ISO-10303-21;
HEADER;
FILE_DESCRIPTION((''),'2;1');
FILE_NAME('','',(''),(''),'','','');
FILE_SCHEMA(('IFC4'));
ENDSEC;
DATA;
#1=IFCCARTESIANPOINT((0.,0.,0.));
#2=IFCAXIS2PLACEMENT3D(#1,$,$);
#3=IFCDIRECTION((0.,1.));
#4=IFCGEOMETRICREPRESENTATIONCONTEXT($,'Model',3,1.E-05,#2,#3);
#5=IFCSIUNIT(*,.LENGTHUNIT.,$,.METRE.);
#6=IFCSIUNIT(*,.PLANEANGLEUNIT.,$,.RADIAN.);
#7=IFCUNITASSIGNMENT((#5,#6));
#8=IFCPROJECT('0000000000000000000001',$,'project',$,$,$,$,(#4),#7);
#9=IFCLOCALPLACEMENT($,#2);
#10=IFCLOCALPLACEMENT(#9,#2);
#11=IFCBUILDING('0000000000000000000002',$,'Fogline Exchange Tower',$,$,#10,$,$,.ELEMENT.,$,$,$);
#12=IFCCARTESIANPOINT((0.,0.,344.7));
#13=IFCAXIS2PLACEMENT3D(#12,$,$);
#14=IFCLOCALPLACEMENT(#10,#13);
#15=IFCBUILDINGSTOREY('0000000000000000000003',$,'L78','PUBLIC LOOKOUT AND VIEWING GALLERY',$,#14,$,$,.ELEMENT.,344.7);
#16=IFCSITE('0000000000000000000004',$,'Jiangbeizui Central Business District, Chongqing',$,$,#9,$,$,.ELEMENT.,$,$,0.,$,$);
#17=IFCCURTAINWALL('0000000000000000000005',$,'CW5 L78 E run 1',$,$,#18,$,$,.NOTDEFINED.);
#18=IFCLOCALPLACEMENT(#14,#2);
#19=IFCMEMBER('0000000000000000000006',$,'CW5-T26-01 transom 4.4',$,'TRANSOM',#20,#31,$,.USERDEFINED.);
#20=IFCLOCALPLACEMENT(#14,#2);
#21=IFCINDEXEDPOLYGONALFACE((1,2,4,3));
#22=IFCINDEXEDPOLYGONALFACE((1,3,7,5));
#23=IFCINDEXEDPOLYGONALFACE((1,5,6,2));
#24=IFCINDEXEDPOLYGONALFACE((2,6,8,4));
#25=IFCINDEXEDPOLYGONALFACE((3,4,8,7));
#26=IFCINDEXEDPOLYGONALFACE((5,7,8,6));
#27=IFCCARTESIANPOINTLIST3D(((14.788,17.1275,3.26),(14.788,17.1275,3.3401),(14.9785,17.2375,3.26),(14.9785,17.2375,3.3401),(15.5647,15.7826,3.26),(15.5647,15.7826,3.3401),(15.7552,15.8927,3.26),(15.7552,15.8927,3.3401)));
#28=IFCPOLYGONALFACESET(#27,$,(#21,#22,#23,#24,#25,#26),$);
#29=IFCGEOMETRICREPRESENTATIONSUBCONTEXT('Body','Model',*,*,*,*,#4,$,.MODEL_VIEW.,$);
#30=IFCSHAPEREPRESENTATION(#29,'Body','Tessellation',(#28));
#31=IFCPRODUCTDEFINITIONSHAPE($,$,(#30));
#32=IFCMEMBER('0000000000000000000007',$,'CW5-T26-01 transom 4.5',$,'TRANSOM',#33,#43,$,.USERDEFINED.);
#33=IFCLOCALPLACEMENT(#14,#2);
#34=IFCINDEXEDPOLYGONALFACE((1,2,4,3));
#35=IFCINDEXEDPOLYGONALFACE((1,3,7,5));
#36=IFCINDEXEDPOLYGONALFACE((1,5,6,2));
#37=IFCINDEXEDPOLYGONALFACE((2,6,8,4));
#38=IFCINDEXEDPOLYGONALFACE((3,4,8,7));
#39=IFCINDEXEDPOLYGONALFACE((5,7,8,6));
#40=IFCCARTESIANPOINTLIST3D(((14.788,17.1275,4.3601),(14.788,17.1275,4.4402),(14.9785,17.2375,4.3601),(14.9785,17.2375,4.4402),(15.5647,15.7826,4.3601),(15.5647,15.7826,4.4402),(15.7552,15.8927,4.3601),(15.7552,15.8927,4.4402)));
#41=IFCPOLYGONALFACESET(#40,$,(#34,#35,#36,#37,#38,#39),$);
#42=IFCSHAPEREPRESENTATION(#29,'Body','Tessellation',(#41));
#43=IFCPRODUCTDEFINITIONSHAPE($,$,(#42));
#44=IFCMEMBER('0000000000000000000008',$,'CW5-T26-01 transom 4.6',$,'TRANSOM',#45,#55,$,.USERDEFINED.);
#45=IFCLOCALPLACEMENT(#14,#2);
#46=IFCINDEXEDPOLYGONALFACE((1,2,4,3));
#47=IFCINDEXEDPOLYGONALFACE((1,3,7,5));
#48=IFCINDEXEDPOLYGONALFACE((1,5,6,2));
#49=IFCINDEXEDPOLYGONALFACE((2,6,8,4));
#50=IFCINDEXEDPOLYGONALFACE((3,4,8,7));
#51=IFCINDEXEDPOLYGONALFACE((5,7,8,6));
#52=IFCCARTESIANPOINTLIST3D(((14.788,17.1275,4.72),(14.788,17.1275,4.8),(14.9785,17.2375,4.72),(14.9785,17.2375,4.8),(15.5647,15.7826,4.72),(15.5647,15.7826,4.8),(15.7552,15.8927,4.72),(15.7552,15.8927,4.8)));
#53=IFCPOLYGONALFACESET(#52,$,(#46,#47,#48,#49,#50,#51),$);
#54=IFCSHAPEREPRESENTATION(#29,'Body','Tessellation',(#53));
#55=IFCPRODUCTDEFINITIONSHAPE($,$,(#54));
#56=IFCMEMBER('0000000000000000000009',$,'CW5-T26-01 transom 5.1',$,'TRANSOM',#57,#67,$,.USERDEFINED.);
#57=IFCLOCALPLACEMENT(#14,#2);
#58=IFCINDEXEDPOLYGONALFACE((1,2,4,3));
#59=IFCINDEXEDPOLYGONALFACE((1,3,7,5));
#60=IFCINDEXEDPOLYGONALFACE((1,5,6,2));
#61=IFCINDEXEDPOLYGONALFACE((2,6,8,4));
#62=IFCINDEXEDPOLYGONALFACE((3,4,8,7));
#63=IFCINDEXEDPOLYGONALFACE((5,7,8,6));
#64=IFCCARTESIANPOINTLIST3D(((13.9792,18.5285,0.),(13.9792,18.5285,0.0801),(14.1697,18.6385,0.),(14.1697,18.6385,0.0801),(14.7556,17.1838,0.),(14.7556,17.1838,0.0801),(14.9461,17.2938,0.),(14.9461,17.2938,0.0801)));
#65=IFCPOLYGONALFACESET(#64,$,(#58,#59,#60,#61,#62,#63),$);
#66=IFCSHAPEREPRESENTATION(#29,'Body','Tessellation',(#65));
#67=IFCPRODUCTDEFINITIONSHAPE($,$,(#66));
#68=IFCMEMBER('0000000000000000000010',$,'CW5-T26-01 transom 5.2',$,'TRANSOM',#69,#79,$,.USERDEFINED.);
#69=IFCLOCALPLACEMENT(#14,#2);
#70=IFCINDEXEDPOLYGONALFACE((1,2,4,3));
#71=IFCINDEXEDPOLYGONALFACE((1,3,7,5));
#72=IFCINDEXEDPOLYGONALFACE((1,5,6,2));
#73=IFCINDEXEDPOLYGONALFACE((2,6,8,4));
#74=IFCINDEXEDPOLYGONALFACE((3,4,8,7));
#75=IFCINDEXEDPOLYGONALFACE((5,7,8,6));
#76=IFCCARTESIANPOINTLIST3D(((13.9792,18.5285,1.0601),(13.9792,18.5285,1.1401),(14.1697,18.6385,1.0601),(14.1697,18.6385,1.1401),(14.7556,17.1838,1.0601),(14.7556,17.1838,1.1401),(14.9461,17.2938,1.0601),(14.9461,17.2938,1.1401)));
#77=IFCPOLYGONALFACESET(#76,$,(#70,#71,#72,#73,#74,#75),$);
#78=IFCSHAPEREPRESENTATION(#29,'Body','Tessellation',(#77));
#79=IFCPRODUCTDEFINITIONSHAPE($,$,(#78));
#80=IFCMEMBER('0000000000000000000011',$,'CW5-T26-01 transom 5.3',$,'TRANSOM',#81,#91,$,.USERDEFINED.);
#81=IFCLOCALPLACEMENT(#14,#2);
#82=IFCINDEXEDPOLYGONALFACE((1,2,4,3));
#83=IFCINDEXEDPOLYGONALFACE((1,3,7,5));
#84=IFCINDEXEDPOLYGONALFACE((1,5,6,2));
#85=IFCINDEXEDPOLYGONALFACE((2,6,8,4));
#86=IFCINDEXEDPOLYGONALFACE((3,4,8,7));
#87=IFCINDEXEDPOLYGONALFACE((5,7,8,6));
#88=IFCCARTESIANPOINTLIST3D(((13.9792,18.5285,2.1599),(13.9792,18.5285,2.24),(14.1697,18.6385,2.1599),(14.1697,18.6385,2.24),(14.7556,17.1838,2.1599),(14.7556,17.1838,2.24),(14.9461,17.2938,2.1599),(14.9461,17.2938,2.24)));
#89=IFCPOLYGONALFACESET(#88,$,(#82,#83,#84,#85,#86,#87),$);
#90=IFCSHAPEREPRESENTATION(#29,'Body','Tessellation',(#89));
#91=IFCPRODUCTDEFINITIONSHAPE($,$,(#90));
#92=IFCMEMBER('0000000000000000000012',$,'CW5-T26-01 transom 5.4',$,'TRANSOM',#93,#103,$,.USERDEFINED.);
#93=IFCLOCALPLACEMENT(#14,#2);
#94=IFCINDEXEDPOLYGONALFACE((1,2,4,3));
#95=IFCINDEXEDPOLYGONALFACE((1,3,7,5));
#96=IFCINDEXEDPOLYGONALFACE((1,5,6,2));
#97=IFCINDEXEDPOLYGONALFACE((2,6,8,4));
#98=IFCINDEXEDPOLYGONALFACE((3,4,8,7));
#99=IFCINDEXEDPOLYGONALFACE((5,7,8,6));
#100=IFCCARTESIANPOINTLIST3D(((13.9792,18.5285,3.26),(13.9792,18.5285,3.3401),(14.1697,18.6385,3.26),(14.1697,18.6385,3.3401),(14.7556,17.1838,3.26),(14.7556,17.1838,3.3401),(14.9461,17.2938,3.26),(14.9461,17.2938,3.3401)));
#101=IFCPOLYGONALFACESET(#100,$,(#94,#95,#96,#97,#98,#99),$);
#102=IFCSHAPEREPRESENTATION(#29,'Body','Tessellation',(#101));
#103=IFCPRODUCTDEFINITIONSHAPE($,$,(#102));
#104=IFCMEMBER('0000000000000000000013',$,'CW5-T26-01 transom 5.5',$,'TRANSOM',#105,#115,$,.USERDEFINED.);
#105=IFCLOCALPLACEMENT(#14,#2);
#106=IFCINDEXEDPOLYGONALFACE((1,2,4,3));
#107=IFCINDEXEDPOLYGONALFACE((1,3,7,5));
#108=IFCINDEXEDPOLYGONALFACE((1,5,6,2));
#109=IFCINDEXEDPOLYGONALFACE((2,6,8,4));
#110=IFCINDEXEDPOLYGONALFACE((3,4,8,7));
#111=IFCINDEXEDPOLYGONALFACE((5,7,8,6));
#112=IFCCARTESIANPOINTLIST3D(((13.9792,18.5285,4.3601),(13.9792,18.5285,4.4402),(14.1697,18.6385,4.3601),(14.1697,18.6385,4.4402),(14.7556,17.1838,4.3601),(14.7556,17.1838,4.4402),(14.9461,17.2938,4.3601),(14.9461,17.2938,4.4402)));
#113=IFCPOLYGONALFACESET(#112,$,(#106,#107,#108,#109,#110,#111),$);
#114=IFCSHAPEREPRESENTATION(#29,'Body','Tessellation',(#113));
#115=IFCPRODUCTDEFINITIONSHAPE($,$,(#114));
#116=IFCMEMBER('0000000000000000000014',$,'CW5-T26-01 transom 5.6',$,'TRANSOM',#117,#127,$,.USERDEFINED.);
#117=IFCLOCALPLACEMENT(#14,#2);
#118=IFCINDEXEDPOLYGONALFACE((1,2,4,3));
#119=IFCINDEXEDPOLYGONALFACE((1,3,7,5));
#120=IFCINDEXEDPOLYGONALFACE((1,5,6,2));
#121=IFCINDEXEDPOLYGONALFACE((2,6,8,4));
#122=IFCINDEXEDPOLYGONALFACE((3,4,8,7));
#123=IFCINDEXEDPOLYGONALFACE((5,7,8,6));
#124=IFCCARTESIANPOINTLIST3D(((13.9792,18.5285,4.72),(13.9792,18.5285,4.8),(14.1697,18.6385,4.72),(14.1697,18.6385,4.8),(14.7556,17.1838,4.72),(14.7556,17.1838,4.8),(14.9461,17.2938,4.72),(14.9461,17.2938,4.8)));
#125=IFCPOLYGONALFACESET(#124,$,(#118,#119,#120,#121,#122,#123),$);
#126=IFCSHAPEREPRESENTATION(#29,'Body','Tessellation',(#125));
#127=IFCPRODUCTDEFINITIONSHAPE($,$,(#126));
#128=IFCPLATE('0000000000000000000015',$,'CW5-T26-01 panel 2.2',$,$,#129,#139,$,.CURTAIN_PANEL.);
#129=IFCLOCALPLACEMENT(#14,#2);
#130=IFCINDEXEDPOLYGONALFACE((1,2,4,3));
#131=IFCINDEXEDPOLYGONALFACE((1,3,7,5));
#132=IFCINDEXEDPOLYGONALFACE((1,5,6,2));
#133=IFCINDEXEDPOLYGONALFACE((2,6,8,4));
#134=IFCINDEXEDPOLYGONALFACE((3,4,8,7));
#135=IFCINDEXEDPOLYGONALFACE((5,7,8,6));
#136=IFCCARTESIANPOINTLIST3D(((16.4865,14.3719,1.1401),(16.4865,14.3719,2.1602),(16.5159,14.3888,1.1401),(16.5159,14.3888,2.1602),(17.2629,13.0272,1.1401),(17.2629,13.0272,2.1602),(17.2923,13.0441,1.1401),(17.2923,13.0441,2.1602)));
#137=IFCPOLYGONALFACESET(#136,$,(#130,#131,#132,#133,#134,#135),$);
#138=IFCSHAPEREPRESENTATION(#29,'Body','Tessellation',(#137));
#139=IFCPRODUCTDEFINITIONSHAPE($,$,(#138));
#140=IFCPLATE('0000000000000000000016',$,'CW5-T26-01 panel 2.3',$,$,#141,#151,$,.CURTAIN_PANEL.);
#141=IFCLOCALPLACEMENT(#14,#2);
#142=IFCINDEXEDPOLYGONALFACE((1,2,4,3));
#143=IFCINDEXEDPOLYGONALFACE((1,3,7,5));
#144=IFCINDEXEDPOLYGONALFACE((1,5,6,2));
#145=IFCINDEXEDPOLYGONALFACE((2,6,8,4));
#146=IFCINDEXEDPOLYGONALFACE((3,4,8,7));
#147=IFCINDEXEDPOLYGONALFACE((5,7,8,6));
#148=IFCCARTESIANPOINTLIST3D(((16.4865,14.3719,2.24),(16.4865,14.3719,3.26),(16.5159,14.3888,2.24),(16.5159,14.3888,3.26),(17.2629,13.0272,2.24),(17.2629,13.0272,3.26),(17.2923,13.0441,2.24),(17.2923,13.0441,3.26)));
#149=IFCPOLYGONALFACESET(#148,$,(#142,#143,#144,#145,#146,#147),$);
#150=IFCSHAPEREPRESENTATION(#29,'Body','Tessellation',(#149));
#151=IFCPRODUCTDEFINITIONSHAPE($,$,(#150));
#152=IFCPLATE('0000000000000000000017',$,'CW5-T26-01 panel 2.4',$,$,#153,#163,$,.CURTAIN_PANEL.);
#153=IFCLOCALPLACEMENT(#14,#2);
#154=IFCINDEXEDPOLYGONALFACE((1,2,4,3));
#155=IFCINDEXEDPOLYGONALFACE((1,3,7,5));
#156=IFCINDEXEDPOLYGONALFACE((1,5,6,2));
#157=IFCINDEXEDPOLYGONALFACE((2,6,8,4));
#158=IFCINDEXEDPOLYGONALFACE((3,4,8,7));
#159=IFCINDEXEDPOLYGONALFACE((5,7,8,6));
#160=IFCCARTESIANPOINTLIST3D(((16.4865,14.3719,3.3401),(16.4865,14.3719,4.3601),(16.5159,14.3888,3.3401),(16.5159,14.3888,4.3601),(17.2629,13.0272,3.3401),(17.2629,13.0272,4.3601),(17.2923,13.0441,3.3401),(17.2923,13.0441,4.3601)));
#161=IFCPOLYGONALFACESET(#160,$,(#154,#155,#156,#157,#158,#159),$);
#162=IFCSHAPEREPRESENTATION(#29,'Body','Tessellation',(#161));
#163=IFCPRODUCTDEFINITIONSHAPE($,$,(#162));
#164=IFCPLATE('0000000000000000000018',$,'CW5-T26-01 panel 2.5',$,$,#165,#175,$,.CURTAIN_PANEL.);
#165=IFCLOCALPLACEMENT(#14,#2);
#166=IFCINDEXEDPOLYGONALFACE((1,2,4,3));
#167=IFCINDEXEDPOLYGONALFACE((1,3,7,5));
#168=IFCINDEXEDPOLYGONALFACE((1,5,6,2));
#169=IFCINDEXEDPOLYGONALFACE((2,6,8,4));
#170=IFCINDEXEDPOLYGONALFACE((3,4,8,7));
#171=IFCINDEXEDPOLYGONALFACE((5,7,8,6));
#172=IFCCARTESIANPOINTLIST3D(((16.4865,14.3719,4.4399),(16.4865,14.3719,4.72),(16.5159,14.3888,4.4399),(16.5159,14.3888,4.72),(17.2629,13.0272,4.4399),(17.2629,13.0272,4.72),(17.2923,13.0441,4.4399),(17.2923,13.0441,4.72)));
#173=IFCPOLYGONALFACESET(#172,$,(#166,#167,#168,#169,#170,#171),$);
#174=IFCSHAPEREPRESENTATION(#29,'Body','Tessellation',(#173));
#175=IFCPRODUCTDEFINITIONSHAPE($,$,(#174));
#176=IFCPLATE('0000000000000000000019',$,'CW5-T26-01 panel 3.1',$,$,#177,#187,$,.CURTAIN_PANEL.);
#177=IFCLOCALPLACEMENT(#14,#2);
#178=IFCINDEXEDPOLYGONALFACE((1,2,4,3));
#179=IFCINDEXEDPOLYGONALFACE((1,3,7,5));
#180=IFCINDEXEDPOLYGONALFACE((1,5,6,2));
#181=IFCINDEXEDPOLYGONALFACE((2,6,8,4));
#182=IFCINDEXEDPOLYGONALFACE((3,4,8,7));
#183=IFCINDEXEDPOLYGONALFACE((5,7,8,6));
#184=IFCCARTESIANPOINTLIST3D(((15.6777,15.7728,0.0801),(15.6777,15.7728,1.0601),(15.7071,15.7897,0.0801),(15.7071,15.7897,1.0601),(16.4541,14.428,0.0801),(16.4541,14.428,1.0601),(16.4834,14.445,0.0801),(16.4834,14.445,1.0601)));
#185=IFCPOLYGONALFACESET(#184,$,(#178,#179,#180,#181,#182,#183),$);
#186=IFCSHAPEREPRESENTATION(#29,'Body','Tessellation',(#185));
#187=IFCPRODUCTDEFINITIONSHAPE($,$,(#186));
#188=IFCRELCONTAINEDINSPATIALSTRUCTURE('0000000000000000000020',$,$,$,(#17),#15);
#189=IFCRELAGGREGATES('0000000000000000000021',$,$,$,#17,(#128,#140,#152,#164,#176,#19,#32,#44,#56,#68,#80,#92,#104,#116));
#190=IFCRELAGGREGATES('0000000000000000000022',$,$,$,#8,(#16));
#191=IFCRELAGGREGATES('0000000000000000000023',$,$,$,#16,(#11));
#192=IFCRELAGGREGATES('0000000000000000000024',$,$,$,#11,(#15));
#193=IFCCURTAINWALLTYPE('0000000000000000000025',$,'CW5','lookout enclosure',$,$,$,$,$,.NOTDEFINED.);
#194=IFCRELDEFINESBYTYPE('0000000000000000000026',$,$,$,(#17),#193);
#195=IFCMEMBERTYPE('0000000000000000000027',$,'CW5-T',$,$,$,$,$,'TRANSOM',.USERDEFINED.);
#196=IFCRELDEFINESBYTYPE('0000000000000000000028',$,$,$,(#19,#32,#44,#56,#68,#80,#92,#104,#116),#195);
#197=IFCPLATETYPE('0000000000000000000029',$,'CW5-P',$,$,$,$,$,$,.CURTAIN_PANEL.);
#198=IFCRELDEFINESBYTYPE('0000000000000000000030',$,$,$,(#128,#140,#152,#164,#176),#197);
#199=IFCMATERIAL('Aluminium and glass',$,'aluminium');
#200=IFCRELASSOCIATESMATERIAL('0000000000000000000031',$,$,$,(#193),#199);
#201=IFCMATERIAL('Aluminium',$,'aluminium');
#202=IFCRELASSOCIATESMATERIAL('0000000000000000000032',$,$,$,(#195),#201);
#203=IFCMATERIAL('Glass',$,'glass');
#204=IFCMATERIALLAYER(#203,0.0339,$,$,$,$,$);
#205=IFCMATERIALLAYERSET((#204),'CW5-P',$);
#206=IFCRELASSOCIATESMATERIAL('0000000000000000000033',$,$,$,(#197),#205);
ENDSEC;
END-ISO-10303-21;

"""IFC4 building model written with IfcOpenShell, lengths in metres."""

from ifc_helpers import new_model, si_unit, direction, frame, origin, origin_2d, place, context, subcontext, project, spatial, rectangle, extrude, material, layer, layer_set, material_profile, profile_set, type_object, element, aggregate, save


model = new_model("IFC4")

# Units and contexts
model_context = context("Model", 3, precision=1e-05, world=origin(), true_north=direction((0.0, 1.0)))
body_context = subcontext(model_context, "Body", "Model", "MODEL_VIEW")
ifc_project = project(units=[si_unit("LENGTHUNIT", "METRE"), si_unit("PLANEANGLEUNIT", "RADIAN")], contexts=[model_context])

# Site, building, storey
site_placement = place(None, origin())
site = spatial("IfcSite", under=ifc_project, at=site_placement, Name="Jiangbeizui Central Business District, Chongqing", CompositionType="ELEMENT", RefElevation=0.0)
building_placement = place(site_placement, origin())
building = spatial("IfcBuilding", under=site, at=building_placement, Name="Fogline Exchange Tower", CompositionType="ELEMENT")
storey_placement = place(building_placement, frame((0.0, 0.0, 344.7)))
storey = spatial("IfcBuildingStorey", under=building, at=storey_placement, Name="L78", Description="PUBLIC LOOKOUT AND VIEWING GALLERY", CompositionType="ELEMENT", Elevation=344.7)

# Curtain wall, members, plates
ifc_material_1 = material(Name="Aluminium and glass", Category="aluminium")
curtain_wall_type = type_object("IfcCurtainWallType", Name="CW5", Description="lookout enclosure", PredefinedType="NOTDEFINED", material=ifc_material_1)
curtain_wall_placement = place(storey_placement, origin())
curtain_wall = element("IfcCurtainWall", 1, at=curtain_wall_placement, inside=storey, type_object=curtain_wall_type, Name="CW5 L78 E run 1", PredefinedType="NOTDEFINED")
ifc_material_2 = material(Name="Aluminium", Category="aluminium")
ifc_material_profile_1 = material_profile(ifc_material_2, rectangle(XDim=0.22, YDim=0.0801, at=origin_2d()), Name="Transom 80x220")
ifc_profile_set_1 = profile_set([ifc_material_profile_1], Name="Aluminium")
member_type_1 = type_object("IfcMemberType", Name="CW5-T", ElementType="TRANSOM", PredefinedType="USERDEFINED", material=ifc_profile_set_1)
member_1_placement = place(storey_placement, frame((15.6599, 15.8376, 3.3), z_axis=(-0.500113, 0.86596, 0.0), x_axis=(-0.86596, -0.500113, 0.0)))
member_1 = element("IfcMember", 2, at=member_1_placement, type_object=member_type_1, Name="CW5-T26-01 transom 4.4", ObjectType="TRANSOM", PredefinedType="USERDEFINED", context=body_context, shape_type="SweptSolid", body=[
    extrude(rectangle(XDim=0.22, YDim=0.0801, at=origin_2d()), origin(), (0.0, 0.0, 1.0), 1.553),
])
member_2_placement = place(storey_placement, frame((15.6599, 15.8376, 4.4001), z_axis=(-0.500113, 0.86596, 0.0), x_axis=(-0.86596, -0.500113, 0.0)))
member_2 = element("IfcMember", 3, at=member_2_placement, type_object=member_type_1, Name="CW5-T26-01 transom 4.5", ObjectType="TRANSOM", PredefinedType="USERDEFINED", context=body_context, shape_type="SweptSolid", body=[
    extrude(rectangle(XDim=0.22, YDim=0.0801, at=origin_2d()), origin(), (0.0, 0.0, 1.0), 1.553),
])
member_3_placement = place(storey_placement, frame((15.6599, 15.8376, 4.76), z_axis=(-0.500113, 0.86596, 0.0), x_axis=(-0.86596, -0.500113, 0.0)))
member_3 = element("IfcMember", 4, at=member_3_placement, type_object=member_type_1, Name="CW5-T26-01 transom 4.6", ObjectType="TRANSOM", PredefinedType="USERDEFINED", context=body_context, shape_type="SweptSolid", body=[
    extrude(rectangle(XDim=0.22, YDim=0.0801, at=origin_2d()), origin(), (0.0, 0.0, 1.0), 1.553),
])
member_4_placement = place(storey_placement, frame((14.8508, 17.2388, 0.04), z_axis=(-0.499995, 0.866028, 0.0), x_axis=(-0.866028, -0.499995, 0.0)))
member_4 = element("IfcMember", 5, at=member_4_placement, type_object=member_type_1, Name="CW5-T26-01 transom 5.1", ObjectType="TRANSOM", PredefinedType="USERDEFINED", context=body_context, shape_type="SweptSolid", body=[
    extrude(rectangle(XDim=0.22, YDim=0.0801, at=origin_2d()), origin(), (0.0, 0.0, 1.0), 1.5527),
])
member_5_placement = place(storey_placement, frame((14.8508, 17.2388, 1.1001), z_axis=(-0.499995, 0.866028, 0.0), x_axis=(-0.866028, -0.499995, 0.0)))
member_5 = element("IfcMember", 6, at=member_5_placement, type_object=member_type_1, Name="CW5-T26-01 transom 5.2", ObjectType="TRANSOM", PredefinedType="USERDEFINED", context=body_context, shape_type="SweptSolid", body=[
    extrude(rectangle(XDim=0.22, YDim=0.0801, at=origin_2d()), origin(), (0.0, 0.0, 1.0), 1.5527),
])
member_6_placement = place(storey_placement, frame((14.8508, 17.2388, 2.2), z_axis=(-0.499995, 0.866028, 0.0), x_axis=(-0.866028, -0.499995, 0.0)))
member_6 = element("IfcMember", 7, at=member_6_placement, type_object=member_type_1, Name="CW5-T26-01 transom 5.3", ObjectType="TRANSOM", PredefinedType="USERDEFINED", context=body_context, shape_type="SweptSolid", body=[
    extrude(rectangle(XDim=0.22, YDim=0.0801, at=origin_2d()), origin(), (0.0, 0.0, 1.0), 1.5527),
])
member_7_placement = place(storey_placement, frame((14.8508, 17.2388, 3.3), z_axis=(-0.499995, 0.866028, 0.0), x_axis=(-0.866028, -0.499995, 0.0)))
member_7 = element("IfcMember", 8, at=member_7_placement, type_object=member_type_1, Name="CW5-T26-01 transom 5.4", ObjectType="TRANSOM", PredefinedType="USERDEFINED", context=body_context, shape_type="SweptSolid", body=[
    extrude(rectangle(XDim=0.22, YDim=0.0801, at=origin_2d()), origin(), (0.0, 0.0, 1.0), 1.5527),
])
member_8_placement = place(storey_placement, frame((14.8508, 17.2388, 4.4001), z_axis=(-0.499995, 0.866028, 0.0), x_axis=(-0.866028, -0.499995, 0.0)))
member_8 = element("IfcMember", 9, at=member_8_placement, type_object=member_type_1, Name="CW5-T26-01 transom 5.5", ObjectType="TRANSOM", PredefinedType="USERDEFINED", context=body_context, shape_type="SweptSolid", body=[
    extrude(rectangle(XDim=0.22, YDim=0.0801, at=origin_2d()), origin(), (0.0, 0.0, 1.0), 1.5527),
])
member_9_placement = place(storey_placement, frame((14.8508, 17.2388, 4.76), z_axis=(-0.499995, 0.866028, 0.0), x_axis=(-0.866028, -0.499995, 0.0)))
member_9 = element("IfcMember", 10, at=member_9_placement, type_object=member_type_1, Name="CW5-T26-01 transom 5.6", ObjectType="TRANSOM", PredefinedType="USERDEFINED", context=body_context, shape_type="SweptSolid", body=[
    extrude(rectangle(XDim=0.22, YDim=0.0801, at=origin_2d()), origin(), (0.0, 0.0, 1.0), 1.5527),
])
ifc_material_3 = material(Name="Glass", Category="glass")
ifc_layer_1 = layer(ifc_material_3, 0.0339)
ifc_layer_set_1 = layer_set([ifc_layer_1], Name="CW5-P")
plate_type = type_object("IfcPlateType", Name="CW5-P", PredefinedType="CURTAIN_PANEL", material=ifc_layer_set_1)
plate_1_placement = place(storey_placement, frame((16.8894, 13.708, 1.1401), z_axis=(0.0, 0.0, 1.0), x_axis=(-0.5, 0.866025, 0.0)))
plate_1 = element("IfcPlate", 11, at=plate_1_placement, type_object=plate_type, Name="CW5-T26-01 panel 2.2", PredefinedType="CURTAIN_PANEL", context=body_context, shape_type="SweptSolid", body=[
    extrude(rectangle(XDim=1.5527, YDim=0.0339, at=origin_2d()), origin(), (0.0, 0.0, 1.0), 1.02),
])
plate_2_placement = place(storey_placement, frame((16.8894, 13.708, 2.24), z_axis=(0.0, 0.0, 1.0), x_axis=(-0.5, 0.866025, 0.0)))
plate_2 = element("IfcPlate", 12, at=plate_2_placement, type_object=plate_type, Name="CW5-T26-01 panel 2.3", PredefinedType="CURTAIN_PANEL", context=body_context, shape_type="SweptSolid", body=[
    extrude(rectangle(XDim=1.5527, YDim=0.0339, at=origin_2d()), origin(), (0.0, 0.0, 1.0), 1.02),
])
plate_3_placement = place(storey_placement, frame((16.8894, 13.708, 3.3401), z_axis=(0.0, 0.0, 1.0), x_axis=(-0.5, 0.866025, 0.0)))
plate_3 = element("IfcPlate", 13, at=plate_3_placement, type_object=plate_type, Name="CW5-T26-01 panel 2.4", PredefinedType="CURTAIN_PANEL", context=body_context, shape_type="SweptSolid", body=[
    extrude(rectangle(XDim=1.5527, YDim=0.0339, at=origin_2d()), origin(), (0.0, 0.0, 1.0), 1.02),
])
plate_4_placement = place(storey_placement, frame((16.8894, 13.708, 4.4399), z_axis=(0.0, 0.0, 1.0), x_axis=(-0.5, 0.866025, 0.0)))
plate_4 = element("IfcPlate", 14, at=plate_4_placement, type_object=plate_type, Name="CW5-T26-01 panel 2.5", PredefinedType="CURTAIN_PANEL", context=body_context, shape_type="SweptSolid", body=[
    extrude(rectangle(XDim=1.5527, YDim=0.0339, at=origin_2d()), origin(), (0.0, 0.0, 1.0), 0.28),
])
plate_5_placement = place(storey_placement, frame((16.0806, 15.1089, 0.0801), z_axis=(0.0, 0.0, 1.0), x_axis=(-0.5, 0.866025, 0.0)))
plate_5 = element("IfcPlate", 15, at=plate_5_placement, type_object=plate_type, Name="CW5-T26-01 panel 3.1", PredefinedType="CURTAIN_PANEL", context=body_context, shape_type="SweptSolid", body=[
    extrude(rectangle(XDim=1.5527, YDim=0.0339, at=origin_2d()), origin(), (0.0, 0.0, 1.0), 0.98),
])
aggregate(curtain_wall, [plate_1, plate_2, plate_3, plate_4, plate_5, member_1, member_2, member_3, member_4, member_5, member_6, member_7, member_8, member_9])

save(model, "model.ifc")
